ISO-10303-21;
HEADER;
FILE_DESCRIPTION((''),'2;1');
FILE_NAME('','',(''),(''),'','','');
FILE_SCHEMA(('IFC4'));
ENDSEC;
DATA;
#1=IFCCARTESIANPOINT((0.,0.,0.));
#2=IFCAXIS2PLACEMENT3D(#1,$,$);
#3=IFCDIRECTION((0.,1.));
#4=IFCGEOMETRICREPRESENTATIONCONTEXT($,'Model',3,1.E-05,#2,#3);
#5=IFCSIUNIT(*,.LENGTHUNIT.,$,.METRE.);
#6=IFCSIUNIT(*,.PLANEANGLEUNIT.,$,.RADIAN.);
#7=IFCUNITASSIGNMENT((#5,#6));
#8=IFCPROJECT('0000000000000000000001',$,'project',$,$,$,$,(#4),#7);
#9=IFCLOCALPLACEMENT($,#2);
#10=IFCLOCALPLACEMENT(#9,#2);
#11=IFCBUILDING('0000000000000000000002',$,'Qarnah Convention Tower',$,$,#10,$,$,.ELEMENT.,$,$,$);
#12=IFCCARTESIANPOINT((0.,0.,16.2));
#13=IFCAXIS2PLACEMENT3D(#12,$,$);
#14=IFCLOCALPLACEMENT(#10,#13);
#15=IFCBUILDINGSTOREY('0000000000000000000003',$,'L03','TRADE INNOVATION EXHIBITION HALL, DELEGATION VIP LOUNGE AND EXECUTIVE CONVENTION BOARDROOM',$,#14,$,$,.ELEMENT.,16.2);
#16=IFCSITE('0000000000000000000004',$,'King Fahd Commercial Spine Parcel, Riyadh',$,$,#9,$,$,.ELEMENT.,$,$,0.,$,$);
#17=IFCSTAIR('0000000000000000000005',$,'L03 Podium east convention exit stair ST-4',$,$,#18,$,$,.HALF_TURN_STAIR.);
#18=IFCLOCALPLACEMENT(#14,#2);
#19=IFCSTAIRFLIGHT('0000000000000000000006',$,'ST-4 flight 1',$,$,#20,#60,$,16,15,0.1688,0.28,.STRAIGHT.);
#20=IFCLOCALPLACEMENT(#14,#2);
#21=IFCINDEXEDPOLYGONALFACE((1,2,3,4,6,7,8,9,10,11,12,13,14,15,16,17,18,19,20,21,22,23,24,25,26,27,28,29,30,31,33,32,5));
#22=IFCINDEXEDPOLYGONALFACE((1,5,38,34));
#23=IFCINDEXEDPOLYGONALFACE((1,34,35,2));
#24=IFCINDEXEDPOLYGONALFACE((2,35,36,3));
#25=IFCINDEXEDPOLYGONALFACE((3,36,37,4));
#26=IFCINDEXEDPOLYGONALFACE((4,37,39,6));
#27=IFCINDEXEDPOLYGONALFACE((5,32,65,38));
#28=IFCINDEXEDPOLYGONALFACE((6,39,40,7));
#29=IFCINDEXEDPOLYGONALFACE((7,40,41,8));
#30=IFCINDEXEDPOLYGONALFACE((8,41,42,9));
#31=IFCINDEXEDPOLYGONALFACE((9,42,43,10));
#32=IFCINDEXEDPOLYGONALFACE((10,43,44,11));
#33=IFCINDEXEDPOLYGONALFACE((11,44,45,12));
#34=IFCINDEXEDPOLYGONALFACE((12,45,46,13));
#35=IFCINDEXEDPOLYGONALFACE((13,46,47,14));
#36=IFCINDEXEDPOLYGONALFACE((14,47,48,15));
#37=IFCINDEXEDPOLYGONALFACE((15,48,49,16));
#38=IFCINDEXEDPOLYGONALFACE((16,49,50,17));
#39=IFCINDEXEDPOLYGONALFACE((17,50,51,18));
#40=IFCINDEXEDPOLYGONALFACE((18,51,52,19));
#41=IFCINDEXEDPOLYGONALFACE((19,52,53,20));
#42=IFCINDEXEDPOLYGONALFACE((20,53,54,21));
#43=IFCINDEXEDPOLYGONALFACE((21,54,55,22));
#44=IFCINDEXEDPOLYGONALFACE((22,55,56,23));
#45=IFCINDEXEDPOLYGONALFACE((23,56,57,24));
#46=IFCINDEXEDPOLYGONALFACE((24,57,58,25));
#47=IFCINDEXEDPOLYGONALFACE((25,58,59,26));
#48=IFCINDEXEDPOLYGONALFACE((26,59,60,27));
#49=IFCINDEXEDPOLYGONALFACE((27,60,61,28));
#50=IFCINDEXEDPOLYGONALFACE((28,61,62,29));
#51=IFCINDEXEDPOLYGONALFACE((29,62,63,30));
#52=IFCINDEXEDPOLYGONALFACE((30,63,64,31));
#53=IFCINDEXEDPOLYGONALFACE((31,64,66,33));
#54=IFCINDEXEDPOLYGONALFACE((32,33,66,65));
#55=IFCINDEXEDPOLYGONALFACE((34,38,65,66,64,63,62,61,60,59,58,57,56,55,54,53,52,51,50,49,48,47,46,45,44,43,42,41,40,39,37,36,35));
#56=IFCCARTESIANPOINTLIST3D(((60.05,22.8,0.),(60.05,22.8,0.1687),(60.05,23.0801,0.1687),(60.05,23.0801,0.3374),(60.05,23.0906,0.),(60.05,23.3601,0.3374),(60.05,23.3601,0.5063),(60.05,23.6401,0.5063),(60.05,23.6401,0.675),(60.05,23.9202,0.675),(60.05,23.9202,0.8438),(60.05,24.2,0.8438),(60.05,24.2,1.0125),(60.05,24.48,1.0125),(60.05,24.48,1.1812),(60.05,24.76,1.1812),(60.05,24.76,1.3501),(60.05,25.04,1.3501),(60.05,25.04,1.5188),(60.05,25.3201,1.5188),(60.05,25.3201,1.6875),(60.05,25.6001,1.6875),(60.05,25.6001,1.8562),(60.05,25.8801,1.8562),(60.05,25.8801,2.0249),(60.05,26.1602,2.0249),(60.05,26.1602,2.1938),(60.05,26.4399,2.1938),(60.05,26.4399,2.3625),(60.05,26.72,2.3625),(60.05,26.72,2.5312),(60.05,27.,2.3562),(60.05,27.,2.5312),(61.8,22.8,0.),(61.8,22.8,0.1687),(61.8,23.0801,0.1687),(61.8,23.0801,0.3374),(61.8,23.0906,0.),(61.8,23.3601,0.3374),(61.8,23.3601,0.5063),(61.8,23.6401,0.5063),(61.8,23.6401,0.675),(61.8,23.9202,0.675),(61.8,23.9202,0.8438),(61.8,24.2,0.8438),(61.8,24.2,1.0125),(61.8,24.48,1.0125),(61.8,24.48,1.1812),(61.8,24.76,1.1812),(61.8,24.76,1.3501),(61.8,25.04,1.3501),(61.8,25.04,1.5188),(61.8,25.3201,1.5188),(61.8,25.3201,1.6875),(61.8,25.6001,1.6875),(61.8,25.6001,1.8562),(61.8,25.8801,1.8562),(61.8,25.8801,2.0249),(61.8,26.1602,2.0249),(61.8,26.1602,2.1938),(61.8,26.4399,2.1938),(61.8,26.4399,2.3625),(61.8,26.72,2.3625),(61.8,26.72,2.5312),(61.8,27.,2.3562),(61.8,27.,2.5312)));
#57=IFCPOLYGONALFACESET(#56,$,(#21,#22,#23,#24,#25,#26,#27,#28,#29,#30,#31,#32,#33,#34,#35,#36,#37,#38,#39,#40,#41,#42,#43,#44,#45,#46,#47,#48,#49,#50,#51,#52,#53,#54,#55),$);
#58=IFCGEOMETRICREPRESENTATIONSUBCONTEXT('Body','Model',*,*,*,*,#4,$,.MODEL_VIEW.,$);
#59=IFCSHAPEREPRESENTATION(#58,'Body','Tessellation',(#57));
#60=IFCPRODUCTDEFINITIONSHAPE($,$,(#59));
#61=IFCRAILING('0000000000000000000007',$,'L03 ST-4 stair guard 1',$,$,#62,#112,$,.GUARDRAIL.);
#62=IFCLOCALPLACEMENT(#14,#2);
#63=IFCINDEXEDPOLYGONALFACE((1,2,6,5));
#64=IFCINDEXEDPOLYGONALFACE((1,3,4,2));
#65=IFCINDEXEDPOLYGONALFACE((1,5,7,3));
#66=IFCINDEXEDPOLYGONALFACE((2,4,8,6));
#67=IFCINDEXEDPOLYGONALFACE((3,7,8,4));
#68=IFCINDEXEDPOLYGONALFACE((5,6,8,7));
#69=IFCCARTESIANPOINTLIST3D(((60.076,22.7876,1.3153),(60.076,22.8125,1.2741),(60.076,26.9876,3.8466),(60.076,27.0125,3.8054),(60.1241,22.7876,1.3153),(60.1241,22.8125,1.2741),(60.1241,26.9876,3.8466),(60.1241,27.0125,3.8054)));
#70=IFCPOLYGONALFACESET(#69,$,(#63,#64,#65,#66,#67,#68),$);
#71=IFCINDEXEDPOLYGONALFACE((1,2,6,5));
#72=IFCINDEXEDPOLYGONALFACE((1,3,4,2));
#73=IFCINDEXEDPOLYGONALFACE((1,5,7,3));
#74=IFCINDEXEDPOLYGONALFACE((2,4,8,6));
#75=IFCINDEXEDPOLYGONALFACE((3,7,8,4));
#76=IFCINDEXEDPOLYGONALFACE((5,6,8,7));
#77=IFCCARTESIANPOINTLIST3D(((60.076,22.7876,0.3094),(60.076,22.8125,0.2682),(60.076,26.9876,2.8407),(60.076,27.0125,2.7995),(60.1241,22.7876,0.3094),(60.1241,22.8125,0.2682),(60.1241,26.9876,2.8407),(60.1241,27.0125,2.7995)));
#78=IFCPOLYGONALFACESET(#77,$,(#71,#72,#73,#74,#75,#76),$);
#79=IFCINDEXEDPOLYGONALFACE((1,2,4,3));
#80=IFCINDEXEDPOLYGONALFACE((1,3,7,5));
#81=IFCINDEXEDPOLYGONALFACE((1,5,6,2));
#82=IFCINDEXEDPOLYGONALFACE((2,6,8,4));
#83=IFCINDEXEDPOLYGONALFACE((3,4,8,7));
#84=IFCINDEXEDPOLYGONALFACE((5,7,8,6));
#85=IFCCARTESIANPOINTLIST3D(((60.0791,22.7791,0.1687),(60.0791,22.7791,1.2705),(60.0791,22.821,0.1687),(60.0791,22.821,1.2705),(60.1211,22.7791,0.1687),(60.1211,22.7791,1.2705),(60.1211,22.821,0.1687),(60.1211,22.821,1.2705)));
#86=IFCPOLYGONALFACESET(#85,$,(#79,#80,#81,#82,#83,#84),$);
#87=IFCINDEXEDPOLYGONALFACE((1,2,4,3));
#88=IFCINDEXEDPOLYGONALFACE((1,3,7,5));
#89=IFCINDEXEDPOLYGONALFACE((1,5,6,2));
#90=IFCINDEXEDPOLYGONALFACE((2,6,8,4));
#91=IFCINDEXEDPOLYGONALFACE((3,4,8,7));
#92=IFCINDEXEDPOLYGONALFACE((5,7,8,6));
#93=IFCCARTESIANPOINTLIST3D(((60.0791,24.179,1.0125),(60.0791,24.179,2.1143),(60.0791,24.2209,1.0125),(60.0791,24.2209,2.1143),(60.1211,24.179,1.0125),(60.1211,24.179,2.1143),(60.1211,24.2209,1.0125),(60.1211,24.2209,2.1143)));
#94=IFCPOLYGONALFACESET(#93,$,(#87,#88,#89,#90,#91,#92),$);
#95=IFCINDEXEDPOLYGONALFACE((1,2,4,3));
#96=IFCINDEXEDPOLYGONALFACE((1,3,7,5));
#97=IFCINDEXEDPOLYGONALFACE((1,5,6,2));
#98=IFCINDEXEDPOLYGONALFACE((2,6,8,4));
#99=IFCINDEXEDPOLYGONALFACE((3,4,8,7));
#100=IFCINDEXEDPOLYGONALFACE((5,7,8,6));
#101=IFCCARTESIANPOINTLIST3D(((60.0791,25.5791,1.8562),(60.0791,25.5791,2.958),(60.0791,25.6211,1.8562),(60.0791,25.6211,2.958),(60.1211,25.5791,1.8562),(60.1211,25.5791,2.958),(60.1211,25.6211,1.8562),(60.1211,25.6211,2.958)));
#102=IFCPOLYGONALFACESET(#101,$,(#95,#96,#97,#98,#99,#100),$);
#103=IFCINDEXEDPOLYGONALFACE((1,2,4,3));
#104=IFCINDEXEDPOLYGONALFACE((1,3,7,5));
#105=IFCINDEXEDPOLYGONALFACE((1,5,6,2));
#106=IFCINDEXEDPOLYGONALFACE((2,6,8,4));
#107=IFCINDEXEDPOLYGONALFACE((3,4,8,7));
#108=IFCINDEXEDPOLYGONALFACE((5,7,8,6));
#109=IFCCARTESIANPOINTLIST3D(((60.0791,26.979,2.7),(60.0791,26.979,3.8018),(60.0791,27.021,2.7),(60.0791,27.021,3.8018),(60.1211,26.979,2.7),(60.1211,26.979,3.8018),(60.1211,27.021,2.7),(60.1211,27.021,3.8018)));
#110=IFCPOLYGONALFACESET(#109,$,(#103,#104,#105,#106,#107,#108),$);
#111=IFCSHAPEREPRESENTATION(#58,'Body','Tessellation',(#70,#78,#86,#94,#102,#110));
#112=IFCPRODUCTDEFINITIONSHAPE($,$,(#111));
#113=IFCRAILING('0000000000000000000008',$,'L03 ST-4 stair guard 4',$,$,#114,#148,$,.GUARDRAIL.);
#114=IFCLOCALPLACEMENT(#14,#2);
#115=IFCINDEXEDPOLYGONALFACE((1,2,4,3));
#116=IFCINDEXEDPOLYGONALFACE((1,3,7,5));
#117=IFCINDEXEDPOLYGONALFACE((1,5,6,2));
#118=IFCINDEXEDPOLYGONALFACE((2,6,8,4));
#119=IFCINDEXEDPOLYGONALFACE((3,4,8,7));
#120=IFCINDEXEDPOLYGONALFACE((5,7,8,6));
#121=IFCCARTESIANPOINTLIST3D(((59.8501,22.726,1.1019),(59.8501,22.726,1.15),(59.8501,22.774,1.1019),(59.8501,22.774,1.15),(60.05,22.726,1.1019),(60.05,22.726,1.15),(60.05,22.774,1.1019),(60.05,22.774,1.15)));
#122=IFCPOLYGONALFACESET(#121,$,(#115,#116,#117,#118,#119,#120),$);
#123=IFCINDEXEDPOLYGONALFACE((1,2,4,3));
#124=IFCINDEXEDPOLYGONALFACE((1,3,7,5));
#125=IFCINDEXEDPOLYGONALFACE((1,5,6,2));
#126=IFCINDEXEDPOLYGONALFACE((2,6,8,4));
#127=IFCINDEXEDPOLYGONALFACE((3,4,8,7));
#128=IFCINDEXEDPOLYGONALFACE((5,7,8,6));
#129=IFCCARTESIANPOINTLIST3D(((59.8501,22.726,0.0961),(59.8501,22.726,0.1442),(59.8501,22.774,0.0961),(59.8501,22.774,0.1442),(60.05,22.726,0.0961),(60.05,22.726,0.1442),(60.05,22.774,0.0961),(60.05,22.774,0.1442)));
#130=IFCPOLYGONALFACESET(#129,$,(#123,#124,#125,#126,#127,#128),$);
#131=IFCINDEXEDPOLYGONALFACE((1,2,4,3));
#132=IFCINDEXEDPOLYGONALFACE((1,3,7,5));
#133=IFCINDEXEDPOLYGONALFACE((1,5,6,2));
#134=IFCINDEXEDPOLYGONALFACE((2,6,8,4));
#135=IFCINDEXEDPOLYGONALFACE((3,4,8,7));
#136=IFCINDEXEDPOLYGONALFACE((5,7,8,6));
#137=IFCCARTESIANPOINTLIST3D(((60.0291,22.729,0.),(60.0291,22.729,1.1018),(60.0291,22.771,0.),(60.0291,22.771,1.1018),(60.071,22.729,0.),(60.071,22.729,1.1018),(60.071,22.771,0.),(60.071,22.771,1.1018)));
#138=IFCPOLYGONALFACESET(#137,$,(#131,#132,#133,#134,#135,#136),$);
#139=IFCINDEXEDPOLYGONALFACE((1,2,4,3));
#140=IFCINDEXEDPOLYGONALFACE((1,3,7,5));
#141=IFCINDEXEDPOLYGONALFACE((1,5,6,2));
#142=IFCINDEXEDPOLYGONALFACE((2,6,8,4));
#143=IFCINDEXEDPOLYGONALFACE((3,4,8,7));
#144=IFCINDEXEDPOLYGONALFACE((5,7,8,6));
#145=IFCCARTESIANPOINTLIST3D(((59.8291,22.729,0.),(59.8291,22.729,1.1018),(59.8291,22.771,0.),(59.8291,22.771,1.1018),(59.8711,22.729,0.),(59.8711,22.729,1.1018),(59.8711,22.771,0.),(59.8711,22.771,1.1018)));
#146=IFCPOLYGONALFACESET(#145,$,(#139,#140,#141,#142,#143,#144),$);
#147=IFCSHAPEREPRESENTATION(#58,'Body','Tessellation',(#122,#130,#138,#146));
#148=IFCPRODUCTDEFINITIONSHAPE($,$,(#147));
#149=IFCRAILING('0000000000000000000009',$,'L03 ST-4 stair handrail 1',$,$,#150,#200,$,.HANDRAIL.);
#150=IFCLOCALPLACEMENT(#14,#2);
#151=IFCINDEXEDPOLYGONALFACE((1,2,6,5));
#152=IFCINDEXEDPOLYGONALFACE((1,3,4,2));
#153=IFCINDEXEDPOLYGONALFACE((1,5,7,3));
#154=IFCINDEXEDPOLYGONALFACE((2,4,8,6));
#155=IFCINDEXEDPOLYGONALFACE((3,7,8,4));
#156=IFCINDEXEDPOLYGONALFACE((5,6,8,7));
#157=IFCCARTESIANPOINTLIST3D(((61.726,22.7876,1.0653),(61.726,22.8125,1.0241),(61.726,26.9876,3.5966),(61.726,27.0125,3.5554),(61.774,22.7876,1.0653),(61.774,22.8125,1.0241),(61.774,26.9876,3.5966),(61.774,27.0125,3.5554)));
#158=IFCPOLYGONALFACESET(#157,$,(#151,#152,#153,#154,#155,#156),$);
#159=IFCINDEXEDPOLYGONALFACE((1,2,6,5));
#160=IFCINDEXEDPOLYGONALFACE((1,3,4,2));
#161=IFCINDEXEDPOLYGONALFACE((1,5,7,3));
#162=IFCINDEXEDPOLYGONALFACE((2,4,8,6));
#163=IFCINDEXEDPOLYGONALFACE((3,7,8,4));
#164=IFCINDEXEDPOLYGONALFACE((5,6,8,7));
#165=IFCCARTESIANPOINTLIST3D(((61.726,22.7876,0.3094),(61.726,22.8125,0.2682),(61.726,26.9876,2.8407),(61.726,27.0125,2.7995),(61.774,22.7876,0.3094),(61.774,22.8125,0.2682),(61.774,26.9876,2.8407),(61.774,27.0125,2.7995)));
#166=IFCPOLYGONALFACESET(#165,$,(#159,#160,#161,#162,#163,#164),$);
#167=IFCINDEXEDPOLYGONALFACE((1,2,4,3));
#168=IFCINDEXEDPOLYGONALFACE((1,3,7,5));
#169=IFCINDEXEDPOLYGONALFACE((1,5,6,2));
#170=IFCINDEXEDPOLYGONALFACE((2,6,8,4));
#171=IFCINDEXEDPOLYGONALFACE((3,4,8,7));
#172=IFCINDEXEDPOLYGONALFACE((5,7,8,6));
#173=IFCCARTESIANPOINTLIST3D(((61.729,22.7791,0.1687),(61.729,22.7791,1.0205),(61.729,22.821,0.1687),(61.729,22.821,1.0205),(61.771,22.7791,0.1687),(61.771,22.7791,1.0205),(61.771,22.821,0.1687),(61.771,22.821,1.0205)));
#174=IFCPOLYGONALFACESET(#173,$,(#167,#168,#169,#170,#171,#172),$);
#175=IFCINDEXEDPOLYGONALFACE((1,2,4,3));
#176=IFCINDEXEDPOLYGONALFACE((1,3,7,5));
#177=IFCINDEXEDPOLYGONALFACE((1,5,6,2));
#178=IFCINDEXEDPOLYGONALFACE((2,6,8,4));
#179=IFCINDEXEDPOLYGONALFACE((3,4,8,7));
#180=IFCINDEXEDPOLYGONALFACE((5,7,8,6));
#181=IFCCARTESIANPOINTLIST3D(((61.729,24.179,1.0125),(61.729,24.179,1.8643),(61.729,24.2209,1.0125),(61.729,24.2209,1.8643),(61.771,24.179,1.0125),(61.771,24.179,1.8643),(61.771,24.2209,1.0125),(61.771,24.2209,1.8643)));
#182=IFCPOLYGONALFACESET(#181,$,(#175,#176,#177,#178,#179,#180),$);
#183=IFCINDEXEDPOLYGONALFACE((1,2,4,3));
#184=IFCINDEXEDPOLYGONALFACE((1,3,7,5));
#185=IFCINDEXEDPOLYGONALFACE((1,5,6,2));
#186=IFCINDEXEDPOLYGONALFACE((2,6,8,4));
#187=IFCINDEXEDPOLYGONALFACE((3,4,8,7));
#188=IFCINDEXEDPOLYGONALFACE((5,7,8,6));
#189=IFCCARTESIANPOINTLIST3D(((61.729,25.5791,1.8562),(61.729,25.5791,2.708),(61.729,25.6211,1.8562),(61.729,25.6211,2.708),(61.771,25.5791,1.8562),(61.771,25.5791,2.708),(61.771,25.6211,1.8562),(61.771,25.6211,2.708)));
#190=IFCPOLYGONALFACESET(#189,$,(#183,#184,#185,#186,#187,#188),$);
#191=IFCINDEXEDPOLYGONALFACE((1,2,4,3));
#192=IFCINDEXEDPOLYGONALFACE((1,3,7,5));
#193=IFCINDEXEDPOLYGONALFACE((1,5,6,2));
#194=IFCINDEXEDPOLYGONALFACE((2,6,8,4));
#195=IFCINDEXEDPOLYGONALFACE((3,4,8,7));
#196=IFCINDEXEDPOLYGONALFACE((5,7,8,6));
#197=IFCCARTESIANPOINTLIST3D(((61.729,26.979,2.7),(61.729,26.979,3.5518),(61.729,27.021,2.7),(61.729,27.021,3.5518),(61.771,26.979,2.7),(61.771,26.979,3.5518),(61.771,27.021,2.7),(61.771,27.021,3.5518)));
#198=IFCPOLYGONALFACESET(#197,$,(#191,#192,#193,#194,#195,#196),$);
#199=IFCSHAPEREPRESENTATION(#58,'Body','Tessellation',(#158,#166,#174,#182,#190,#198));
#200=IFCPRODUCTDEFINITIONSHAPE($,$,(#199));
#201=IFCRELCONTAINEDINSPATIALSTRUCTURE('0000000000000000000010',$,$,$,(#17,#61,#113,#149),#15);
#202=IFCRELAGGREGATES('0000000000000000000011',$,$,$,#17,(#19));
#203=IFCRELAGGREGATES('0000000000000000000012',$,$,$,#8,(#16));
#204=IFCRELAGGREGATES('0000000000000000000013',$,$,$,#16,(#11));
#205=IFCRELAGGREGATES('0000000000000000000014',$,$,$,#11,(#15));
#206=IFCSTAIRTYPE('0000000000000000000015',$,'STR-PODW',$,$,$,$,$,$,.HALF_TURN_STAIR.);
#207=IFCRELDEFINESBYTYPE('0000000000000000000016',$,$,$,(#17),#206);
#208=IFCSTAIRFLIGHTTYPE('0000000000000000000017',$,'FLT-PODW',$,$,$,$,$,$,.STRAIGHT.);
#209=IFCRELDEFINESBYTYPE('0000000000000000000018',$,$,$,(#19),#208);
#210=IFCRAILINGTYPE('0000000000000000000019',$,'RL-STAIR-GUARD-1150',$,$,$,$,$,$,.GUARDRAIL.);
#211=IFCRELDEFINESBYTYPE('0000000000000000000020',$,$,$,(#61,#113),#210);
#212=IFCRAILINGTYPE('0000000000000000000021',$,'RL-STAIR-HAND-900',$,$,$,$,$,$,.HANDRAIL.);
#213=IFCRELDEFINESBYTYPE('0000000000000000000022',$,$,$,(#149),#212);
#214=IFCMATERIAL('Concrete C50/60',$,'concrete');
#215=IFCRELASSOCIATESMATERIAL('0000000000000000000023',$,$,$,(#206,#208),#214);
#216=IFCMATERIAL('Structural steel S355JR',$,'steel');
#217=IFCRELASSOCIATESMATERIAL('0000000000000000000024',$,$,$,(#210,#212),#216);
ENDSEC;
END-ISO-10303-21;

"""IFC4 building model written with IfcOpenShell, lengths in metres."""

from ifc_helpers import new_model, si_unit, direction, frame, origin, origin_2d, place, context, subcontext, project, spatial, polyline, rectangle, outline, extrude, material, type_object, element, aggregate, save


model = new_model("IFC4")

# Units and contexts
model_context = context("Model", 3, precision=1e-05, world=origin(), true_north=direction((0.0, 1.0)))
body_context = subcontext(model_context, "Body", "Model", "MODEL_VIEW")
ifc_project = project(units=[si_unit("LENGTHUNIT", "METRE"), si_unit("PLANEANGLEUNIT", "RADIAN")], contexts=[model_context])

# Site, building, storey
site_placement = place(None, origin())
site = spatial("IfcSite", under=ifc_project, at=site_placement, Name="King Fahd Commercial Spine Parcel, Riyadh", CompositionType="ELEMENT", RefElevation=0.0)
building_placement = place(site_placement, origin())
building = spatial("IfcBuilding", under=site, at=building_placement, Name="Qarnah Convention Tower", CompositionType="ELEMENT")
storey_placement = place(building_placement, frame((0.0, 0.0, 16.2)))
storey = spatial("IfcBuildingStorey", under=building, at=storey_placement, Name="L03", Description="TRADE INNOVATION EXHIBITION HALL, DELEGATION VIP LOUNGE AND EXECUTIVE CONVENTION BOARDROOM", CompositionType="ELEMENT", Elevation=16.2)

# Shared definitions
ifc_material_1 = material(Name="Structural steel S355JR", Category="steel")

# Stair, stair flight
ifc_material_2 = material(Name="Concrete C50/60", Category="concrete")
stair_type = type_object("IfcStairType", Name="STR-PODW", PredefinedType="HALF_TURN_STAIR", material=ifc_material_2)
stair_placement = place(storey_placement, origin())
stair = element("IfcStair", 1, at=stair_placement, inside=storey, type_object=stair_type, Name="L03 Podium east convention exit stair ST-4", PredefinedType="HALF_TURN_STAIR")
stair_flight_type = type_object("IfcStairFlightType", Name="FLT-PODW", PredefinedType="STRAIGHT", material=ifc_material_2)
stair_flight_placement = place(storey_placement, frame((60.925, 22.8, 0.0), z_axis=(0.0, 0.0, 1.0), x_axis=(0.0, 1.0, 0.0)))
stair_flight = element("IfcStairFlight", 2, at=stair_flight_placement, type_object=stair_flight_type, Name="ST-4 flight 1", NumberOfRisers=16, NumberOfTreads=15, PredefinedType="STRAIGHT", RiserHeight=0.1688, TreadLength=0.28, context=body_context, shape_type="SweptSolid", body=[
    extrude(outline(polyline([(0.0, 0.0), (0.0, 0.1687), (0.28, 0.1687), (0.28, 0.3374), (0.5601, 0.3374), (0.5601, 0.5063), (0.8401, 0.5063), (0.8401, 0.675), (1.1201, 0.675), (1.1201, 0.8438), (1.3999, 0.8438), (1.3999, 1.0125), (1.6799, 1.0125), (1.6799, 1.1812), (1.96, 1.1812), (1.96, 1.3501), (2.24, 1.3501), (2.24, 1.5188), (2.52, 1.5188), (2.52, 1.6875), (2.8, 1.6875), (2.8, 1.8562), (3.0801, 1.8562), (3.0801, 2.0249), (3.3601, 2.0249), (3.3601, 2.1938), (3.6399, 2.1938), (3.6399, 2.3625), (3.9199, 2.3625), (3.9199, 2.5312), (4.2, 2.5312), (4.2, 2.7), (4.2, 2.3562), (0.2905, 0.0), (0.0, 0.0)])), frame((0.0, 0.875, 0.0), z_axis=(0.0, -1.0, 0.0), x_axis=(1.0, 0.0, 0.0)), (0.0, 0.0, 1.0), 1.75),
])
aggregate(stair, [stair_flight])

# Railings
railing_type_1 = type_object("IfcRailingType", Name="RL-STAIR-GUARD-1150", PredefinedType="GUARDRAIL", material=ifc_material_1)
railing_1_placement = place(storey_placement, frame((60.1001, 22.8, 0.1687)))
element("IfcRailing", 3, at=railing_1_placement, inside=storey, type_object=railing_type_1, Name="L03 ST-4 stair guard 1", PredefinedType="GUARDRAIL", context=body_context, shape_type="SweptSolid", body=[
    extrude(rectangle(XDim=0.0481, YDim=0.0481, at=origin_2d()), frame((0.0, 0.0, 1.126), z_axis=(0.0, 0.856476, 0.516186), x_axis=(-1.0, 0.0, 0.0)), (0.0, 0.0, 1.0), 4.9038),
    extrude(rectangle(XDim=0.0481, YDim=0.0481, at=origin_2d()), frame((0.0, 0.0, 0.1201), z_axis=(0.0, 0.856476, 0.516186), x_axis=(-1.0, 0.0, 0.0)), (0.0, 0.0, 1.0), 4.9038),
    extrude(rectangle(XDim=0.042, YDim=0.042, at=origin_2d()), origin(), (0.0, 0.0, 1.0), 1.1018),
    extrude(rectangle(XDim=0.042, YDim=0.042, at=origin_2d()), frame((0.0, 1.3999, 0.8438)), (0.0, 0.0, 1.0), 1.1018),
    extrude(rectangle(XDim=0.042, YDim=0.042, at=origin_2d()), frame((0.0, 2.8, 1.6875)), (0.0, 0.0, 1.0), 1.1018),
    extrude(rectangle(XDim=0.042, YDim=0.042, at=origin_2d()), frame((0.0, 4.2, 2.5312)), (0.0, 0.0, 1.0), 1.1018),
])
railing_2_placement = place(storey_placement, frame((60.05, 22.75, 0.0)))
element("IfcRailing", 4, at=railing_2_placement, inside=storey, type_object=railing_type_1, Name="L03 ST-4 stair guard 4", PredefinedType="GUARDRAIL", context=body_context, shape_type="SweptSolid", body=[
    extrude(rectangle(XDim=0.0481, YDim=0.0481, at=origin_2d()), frame((0.0, 0.0, 1.126), z_axis=(-1.0, 0.0, 0.0), x_axis=(0.0, -1.0, 0.0)), (0.0, 0.0, 1.0), 0.2),
    extrude(rectangle(XDim=0.0481, YDim=0.0481, at=origin_2d()), frame((0.0, 0.0, 0.1201), z_axis=(-1.0, 0.0, 0.0), x_axis=(0.0, -1.0, 0.0)), (0.0, 0.0, 1.0), 0.2),
    extrude(rectangle(XDim=0.042, YDim=0.042, at=origin_2d()), origin(), (0.0, 0.0, 1.0), 1.1018),
    extrude(rectangle(XDim=0.042, YDim=0.042, at=origin_2d()), frame((-0.2, 0.0, 0.0)), (0.0, 0.0, 1.0), 1.1018),
])
railing_type_2 = type_object("IfcRailingType", Name="RL-STAIR-HAND-900", PredefinedType="HANDRAIL", material=ifc_material_1)
railing_3_placement = place(storey_placement, frame((61.75, 22.8, 0.1687)))
element("IfcRailing", 5, at=railing_3_placement, inside=storey, type_object=railing_type_2, Name="L03 ST-4 stair handrail 1", PredefinedType="HANDRAIL", context=body_context, shape_type="SweptSolid", body=[
    extrude(rectangle(XDim=0.0481, YDim=0.0481, at=origin_2d()), frame((0.0, 0.0, 0.876), z_axis=(0.0, 0.856476, 0.516186), x_axis=(-1.0, 0.0, 0.0)), (0.0, 0.0, 1.0), 4.9038),
    extrude(rectangle(XDim=0.0481, YDim=0.0481, at=origin_2d()), frame((0.0, 0.0, 0.1201), z_axis=(0.0, 0.856476, 0.516186), x_axis=(-1.0, 0.0, 0.0)), (0.0, 0.0, 1.0), 4.9038),
    extrude(rectangle(XDim=0.042, YDim=0.042, at=origin_2d()), origin(), (0.0, 0.0, 1.0), 0.8518),
    extrude(rectangle(XDim=0.042, YDim=0.042, at=origin_2d()), frame((0.0, 1.3999, 0.8438)), (0.0, 0.0, 1.0), 0.8518),
    extrude(rectangle(XDim=0.042, YDim=0.042, at=origin_2d()), frame((0.0, 2.8, 1.6875)), (0.0, 0.0, 1.0), 0.8518),
    extrude(rectangle(XDim=0.042, YDim=0.042, at=origin_2d()), frame((0.0, 4.2, 2.5312)), (0.0, 0.0, 1.0), 0.8518),
])

save(model, "model.ifc")
